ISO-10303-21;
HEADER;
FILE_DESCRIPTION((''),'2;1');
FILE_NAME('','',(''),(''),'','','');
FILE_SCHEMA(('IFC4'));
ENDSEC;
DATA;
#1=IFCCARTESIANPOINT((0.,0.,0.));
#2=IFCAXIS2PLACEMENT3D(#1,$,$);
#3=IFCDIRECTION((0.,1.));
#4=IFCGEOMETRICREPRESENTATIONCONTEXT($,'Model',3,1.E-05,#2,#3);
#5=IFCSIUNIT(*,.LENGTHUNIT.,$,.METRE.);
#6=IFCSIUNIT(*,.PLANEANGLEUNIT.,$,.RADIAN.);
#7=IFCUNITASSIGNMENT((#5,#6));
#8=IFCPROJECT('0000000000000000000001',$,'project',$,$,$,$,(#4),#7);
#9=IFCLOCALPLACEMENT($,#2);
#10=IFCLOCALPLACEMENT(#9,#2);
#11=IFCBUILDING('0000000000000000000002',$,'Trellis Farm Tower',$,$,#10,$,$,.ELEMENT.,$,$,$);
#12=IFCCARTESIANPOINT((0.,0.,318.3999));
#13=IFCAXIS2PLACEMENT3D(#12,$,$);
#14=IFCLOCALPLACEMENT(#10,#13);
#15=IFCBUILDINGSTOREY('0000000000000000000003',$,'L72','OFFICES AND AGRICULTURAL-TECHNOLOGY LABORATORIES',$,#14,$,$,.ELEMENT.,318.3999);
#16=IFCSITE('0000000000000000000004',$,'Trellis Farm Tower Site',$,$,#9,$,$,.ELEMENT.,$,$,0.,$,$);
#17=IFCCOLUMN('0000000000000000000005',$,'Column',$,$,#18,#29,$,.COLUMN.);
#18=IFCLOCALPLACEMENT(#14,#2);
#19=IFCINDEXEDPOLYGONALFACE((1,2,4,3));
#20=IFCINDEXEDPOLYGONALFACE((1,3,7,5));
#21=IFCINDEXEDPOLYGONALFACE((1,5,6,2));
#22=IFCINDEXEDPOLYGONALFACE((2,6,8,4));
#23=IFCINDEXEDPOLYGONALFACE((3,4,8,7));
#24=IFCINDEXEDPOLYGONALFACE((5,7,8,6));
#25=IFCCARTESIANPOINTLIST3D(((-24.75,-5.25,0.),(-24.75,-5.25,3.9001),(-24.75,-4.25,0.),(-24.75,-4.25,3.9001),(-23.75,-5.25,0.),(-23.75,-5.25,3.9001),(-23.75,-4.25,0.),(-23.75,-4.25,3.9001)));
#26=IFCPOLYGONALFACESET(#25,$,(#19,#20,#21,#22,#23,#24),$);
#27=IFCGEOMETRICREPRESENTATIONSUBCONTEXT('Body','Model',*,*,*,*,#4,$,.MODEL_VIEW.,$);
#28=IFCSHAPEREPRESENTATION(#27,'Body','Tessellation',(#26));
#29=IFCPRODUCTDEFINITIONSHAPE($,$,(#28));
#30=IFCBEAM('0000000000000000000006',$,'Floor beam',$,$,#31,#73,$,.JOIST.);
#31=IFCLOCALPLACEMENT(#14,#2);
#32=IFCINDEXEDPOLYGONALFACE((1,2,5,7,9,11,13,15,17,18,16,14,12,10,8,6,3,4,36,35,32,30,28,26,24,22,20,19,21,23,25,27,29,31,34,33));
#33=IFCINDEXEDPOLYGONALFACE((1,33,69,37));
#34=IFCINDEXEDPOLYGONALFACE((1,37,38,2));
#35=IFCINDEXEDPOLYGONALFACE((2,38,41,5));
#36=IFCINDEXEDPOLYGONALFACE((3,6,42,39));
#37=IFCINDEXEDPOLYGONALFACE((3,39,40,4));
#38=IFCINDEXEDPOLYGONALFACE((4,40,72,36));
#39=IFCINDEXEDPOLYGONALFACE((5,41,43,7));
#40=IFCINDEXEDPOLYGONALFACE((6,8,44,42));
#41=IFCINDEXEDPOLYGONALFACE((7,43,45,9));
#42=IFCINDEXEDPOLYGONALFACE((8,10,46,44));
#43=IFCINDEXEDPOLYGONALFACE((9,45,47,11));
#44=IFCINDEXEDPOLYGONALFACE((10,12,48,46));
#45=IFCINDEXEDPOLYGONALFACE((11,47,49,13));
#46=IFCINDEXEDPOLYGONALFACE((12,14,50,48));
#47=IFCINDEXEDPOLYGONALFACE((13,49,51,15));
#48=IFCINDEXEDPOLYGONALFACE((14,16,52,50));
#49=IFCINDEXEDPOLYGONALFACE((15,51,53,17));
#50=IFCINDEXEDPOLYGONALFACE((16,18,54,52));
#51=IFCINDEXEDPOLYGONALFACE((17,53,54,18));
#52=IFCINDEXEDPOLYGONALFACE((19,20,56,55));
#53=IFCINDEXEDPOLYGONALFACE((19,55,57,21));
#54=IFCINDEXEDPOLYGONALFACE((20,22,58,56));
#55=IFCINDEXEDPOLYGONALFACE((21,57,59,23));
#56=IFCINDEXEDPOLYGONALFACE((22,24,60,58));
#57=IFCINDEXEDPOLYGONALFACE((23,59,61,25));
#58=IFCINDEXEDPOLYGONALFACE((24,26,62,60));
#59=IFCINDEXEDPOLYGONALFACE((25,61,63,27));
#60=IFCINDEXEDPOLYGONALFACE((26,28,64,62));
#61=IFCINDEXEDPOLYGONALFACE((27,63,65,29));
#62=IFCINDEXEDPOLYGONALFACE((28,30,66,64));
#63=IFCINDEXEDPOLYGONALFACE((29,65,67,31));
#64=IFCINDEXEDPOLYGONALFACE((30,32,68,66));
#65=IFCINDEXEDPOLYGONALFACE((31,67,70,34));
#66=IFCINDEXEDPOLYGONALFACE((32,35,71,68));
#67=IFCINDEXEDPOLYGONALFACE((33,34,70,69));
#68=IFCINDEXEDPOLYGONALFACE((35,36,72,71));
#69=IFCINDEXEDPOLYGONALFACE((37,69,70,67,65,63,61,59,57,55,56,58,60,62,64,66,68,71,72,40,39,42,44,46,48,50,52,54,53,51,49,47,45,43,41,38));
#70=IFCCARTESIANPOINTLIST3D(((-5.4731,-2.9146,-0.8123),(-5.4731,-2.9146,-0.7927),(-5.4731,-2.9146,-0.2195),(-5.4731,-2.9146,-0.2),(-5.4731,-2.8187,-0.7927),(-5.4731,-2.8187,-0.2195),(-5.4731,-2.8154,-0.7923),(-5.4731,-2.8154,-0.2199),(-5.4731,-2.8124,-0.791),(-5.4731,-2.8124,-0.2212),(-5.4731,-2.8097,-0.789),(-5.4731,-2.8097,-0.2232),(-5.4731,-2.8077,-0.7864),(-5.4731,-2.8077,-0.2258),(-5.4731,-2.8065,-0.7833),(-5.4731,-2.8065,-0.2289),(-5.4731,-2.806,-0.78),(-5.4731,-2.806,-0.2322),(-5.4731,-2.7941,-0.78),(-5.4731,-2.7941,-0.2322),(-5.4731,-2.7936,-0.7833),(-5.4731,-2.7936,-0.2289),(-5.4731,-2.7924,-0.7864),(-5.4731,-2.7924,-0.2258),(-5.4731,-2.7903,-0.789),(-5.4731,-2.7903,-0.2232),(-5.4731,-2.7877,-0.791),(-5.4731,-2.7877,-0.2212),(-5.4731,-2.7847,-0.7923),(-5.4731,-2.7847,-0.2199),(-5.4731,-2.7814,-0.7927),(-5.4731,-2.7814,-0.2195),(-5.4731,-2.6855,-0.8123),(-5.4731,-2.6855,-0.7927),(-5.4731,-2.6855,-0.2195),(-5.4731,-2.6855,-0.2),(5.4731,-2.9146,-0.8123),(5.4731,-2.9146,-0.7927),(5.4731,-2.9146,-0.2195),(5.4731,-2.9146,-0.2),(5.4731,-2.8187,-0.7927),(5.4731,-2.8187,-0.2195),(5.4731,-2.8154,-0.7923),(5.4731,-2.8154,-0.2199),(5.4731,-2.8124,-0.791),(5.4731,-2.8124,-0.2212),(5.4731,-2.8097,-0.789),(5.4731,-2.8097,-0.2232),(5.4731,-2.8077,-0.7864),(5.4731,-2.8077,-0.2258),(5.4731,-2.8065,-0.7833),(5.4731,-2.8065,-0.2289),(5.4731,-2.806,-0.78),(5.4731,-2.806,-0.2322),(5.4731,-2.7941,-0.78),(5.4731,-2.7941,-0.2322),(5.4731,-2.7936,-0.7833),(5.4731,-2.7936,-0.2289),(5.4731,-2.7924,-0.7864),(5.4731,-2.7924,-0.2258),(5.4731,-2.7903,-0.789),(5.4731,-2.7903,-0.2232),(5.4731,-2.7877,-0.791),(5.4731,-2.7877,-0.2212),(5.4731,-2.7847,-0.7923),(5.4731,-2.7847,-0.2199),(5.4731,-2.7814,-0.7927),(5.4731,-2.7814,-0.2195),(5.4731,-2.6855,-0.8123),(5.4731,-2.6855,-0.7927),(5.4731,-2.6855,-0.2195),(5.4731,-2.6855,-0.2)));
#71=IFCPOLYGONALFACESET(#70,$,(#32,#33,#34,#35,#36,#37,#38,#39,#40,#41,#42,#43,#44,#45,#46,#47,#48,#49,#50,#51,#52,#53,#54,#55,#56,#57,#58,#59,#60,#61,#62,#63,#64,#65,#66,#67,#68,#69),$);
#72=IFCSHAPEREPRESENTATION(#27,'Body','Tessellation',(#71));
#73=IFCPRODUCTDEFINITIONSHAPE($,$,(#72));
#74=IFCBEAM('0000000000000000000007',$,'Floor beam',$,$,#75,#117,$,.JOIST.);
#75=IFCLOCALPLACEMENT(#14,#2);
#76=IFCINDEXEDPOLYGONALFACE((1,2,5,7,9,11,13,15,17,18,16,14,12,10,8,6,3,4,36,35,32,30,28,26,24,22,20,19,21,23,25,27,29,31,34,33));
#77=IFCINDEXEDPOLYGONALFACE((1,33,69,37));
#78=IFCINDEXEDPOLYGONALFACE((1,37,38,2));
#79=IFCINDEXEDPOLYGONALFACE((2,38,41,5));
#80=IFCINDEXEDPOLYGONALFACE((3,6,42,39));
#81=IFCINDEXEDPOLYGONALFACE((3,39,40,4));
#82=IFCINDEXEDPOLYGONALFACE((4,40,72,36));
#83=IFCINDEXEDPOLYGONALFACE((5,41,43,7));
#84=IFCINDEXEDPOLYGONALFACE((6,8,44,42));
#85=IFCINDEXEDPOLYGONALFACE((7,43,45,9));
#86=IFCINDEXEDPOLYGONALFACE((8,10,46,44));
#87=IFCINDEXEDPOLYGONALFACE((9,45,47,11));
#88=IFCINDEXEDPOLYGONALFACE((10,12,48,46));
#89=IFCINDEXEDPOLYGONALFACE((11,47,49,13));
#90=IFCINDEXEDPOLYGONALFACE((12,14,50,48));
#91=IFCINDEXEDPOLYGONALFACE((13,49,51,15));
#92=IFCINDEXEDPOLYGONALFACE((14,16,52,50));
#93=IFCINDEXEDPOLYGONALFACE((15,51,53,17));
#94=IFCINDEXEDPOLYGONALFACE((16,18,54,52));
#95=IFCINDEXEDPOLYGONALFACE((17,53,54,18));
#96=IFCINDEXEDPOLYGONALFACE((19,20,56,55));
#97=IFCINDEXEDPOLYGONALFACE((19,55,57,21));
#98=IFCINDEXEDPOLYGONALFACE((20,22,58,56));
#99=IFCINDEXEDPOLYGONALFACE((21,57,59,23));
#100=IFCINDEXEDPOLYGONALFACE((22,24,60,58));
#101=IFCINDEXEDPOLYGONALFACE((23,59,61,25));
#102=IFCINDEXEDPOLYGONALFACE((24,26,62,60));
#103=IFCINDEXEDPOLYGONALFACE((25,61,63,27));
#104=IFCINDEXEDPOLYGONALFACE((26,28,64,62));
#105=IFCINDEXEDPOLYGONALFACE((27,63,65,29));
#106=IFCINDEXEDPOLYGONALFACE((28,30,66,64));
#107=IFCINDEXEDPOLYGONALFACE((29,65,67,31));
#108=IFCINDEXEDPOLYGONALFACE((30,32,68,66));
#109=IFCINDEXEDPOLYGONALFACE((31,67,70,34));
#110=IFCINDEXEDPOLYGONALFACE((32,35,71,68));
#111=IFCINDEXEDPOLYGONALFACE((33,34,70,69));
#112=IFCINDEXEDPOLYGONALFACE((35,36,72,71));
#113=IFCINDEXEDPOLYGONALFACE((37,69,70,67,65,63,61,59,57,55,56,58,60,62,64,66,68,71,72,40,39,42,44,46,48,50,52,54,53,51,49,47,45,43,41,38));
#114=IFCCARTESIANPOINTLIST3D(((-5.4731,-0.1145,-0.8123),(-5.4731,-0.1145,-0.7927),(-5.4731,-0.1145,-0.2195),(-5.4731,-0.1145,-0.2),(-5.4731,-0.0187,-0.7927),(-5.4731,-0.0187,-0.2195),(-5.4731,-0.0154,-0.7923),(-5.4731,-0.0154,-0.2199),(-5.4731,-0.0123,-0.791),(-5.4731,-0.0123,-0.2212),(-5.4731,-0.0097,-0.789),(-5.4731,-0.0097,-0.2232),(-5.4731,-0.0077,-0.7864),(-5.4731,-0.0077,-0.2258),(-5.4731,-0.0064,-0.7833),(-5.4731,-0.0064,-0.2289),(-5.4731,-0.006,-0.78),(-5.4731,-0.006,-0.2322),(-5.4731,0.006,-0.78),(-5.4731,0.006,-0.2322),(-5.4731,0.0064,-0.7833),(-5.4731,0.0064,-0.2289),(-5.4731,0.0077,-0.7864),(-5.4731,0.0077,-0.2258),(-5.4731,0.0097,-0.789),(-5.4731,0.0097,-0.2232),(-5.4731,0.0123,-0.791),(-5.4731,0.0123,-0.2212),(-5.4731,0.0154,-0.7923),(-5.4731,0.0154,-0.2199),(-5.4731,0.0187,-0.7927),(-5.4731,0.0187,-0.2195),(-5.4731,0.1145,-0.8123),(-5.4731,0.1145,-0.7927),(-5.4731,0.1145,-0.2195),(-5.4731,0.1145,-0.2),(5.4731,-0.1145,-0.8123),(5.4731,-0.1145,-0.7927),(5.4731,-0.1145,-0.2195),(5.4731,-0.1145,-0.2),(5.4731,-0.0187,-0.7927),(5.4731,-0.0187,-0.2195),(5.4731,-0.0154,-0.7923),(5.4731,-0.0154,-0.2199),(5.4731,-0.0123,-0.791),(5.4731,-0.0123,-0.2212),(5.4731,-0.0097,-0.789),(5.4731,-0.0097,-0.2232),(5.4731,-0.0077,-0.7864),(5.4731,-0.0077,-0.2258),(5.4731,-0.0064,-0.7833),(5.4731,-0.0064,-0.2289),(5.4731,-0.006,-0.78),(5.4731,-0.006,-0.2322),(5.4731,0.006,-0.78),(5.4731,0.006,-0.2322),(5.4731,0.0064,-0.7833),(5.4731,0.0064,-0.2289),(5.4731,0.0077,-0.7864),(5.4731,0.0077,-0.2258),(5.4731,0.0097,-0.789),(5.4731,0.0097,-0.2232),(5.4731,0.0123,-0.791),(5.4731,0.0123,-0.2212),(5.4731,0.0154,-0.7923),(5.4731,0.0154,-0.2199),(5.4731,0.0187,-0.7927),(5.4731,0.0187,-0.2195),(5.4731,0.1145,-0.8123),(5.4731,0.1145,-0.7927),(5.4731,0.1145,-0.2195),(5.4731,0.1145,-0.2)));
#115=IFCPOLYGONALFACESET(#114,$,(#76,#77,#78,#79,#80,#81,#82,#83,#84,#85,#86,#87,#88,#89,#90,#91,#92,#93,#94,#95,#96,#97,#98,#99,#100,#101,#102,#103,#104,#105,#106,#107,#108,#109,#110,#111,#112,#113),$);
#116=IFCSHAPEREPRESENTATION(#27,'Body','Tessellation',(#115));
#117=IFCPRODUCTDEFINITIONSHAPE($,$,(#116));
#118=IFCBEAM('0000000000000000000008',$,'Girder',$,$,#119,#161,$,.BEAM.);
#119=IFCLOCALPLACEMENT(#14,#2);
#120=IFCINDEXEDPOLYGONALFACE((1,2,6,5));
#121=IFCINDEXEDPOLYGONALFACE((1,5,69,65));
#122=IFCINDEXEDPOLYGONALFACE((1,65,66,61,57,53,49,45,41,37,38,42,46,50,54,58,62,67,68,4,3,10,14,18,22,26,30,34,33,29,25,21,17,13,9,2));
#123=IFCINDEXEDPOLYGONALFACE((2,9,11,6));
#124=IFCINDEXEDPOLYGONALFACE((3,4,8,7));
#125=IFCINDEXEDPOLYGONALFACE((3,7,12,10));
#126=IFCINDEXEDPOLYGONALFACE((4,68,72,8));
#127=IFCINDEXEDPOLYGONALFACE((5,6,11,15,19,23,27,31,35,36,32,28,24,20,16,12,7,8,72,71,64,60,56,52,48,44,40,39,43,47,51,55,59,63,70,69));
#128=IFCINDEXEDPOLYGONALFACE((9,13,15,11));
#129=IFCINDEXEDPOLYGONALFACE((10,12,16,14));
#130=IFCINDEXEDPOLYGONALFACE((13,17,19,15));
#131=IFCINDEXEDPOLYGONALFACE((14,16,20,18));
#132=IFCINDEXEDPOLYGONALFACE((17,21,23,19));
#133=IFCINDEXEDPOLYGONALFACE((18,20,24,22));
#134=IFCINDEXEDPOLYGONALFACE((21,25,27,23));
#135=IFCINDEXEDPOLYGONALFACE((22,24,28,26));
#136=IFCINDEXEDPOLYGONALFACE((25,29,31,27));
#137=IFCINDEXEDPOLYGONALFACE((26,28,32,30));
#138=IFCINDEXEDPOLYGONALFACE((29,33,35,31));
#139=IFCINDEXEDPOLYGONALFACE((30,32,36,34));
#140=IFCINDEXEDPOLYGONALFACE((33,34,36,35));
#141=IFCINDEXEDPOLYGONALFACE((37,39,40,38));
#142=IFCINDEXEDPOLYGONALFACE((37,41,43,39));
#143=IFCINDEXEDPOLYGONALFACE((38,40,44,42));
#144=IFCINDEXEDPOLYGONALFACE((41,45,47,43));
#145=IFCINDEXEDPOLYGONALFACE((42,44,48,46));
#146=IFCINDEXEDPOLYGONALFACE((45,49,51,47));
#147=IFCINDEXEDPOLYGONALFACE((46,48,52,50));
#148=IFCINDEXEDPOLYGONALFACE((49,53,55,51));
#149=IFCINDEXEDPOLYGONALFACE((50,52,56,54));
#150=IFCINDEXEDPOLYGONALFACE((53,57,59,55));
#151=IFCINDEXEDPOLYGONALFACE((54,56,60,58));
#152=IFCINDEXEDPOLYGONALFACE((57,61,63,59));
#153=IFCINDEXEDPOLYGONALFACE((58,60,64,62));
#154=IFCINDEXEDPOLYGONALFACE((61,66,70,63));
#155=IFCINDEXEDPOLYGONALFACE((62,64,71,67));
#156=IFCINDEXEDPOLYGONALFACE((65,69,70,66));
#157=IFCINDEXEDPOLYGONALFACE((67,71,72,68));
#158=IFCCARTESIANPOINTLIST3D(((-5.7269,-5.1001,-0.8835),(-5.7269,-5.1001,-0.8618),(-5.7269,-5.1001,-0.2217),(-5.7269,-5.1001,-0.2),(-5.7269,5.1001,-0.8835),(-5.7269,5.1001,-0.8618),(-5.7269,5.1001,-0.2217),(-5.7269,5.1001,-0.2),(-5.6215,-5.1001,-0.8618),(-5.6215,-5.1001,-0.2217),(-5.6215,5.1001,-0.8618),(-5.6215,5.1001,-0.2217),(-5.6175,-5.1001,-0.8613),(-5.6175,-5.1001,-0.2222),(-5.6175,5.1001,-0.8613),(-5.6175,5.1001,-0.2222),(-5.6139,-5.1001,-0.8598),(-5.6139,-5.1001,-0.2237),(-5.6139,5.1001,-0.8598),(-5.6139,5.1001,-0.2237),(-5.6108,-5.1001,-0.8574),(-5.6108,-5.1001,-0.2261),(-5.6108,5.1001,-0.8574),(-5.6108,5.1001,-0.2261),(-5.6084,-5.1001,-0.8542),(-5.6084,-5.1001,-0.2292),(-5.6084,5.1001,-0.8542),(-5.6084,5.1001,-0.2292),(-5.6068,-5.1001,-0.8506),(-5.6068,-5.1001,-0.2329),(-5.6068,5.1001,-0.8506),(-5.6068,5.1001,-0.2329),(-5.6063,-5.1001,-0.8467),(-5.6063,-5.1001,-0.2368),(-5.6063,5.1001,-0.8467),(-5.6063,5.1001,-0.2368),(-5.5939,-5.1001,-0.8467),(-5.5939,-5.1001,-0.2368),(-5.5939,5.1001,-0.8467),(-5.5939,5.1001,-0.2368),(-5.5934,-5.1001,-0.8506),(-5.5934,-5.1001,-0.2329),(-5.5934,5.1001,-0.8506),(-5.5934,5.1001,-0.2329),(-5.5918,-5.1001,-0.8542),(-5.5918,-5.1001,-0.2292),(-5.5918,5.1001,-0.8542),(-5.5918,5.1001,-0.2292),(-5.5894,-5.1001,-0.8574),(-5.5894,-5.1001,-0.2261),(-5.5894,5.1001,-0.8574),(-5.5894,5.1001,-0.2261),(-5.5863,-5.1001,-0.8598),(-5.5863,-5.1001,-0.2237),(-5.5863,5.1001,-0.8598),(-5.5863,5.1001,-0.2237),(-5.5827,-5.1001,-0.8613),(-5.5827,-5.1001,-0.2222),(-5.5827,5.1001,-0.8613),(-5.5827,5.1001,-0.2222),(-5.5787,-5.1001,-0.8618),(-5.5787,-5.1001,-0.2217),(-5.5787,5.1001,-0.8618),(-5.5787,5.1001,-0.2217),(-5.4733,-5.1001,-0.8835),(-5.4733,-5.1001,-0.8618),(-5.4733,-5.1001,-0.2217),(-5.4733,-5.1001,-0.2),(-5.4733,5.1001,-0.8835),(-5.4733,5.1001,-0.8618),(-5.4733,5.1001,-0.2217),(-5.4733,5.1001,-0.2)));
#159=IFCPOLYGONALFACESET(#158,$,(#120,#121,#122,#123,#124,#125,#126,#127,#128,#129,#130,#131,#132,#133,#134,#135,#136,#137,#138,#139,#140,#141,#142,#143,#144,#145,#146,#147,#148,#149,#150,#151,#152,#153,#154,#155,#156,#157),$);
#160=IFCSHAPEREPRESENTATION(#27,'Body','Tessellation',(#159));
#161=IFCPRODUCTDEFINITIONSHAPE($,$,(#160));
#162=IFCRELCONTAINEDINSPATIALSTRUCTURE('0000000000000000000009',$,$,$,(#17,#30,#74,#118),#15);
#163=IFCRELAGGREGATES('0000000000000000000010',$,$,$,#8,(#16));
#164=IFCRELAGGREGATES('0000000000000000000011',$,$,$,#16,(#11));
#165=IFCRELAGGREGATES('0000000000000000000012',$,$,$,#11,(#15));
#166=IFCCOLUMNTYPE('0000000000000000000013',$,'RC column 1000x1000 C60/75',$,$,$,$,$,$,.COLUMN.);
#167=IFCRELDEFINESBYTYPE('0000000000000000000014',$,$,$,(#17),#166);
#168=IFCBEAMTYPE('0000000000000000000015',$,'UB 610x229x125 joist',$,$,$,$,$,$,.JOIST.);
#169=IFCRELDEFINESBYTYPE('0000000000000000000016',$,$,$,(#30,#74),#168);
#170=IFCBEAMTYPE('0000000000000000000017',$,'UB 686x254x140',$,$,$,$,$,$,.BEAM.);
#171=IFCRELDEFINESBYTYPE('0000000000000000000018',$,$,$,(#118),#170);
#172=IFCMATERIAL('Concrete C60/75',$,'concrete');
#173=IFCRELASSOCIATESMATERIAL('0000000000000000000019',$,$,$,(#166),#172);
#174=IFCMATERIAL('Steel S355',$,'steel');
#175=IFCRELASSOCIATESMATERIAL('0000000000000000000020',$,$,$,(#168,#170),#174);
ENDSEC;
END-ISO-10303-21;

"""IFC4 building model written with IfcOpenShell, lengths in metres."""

from ifc_helpers import new_model, si_unit, direction, frame, origin, origin_2d, place, context, subcontext, project, spatial, rectangle, i_section, extrude, source, transform, mapped, material, material_profile, profile_set, type_object, element, save


model = new_model("IFC4")

# Units and contexts
model_context = context("Model", 3, precision=1e-05, world=origin(), true_north=direction((0.0, 1.0)))
body_context = subcontext(model_context, "Body", "Model", "MODEL_VIEW")
ifc_project = project(units=[si_unit("LENGTHUNIT", "METRE"), si_unit("PLANEANGLEUNIT", "RADIAN")], contexts=[model_context])

# Site, building, storey
site_placement = place(None, origin())
site = spatial("IfcSite", under=ifc_project, at=site_placement, Name="Trellis Farm Tower Site", CompositionType="ELEMENT", RefElevation=0.0)
building_placement = place(site_placement, origin())
building = spatial("IfcBuilding", under=site, at=building_placement, Name="Trellis Farm Tower", CompositionType="ELEMENT")
storey_placement = place(building_placement, frame((0.0, 0.0, 318.3999)))
storey = spatial("IfcBuildingStorey", under=building, at=storey_placement, Name="L72", Description="OFFICES AND AGRICULTURAL-TECHNOLOGY LABORATORIES", CompositionType="ELEMENT", Elevation=318.3999)

# Column
ifc_material_1 = material(Name="Concrete C60/75", Category="concrete")
ifc_material_profile_1 = material_profile(ifc_material_1, rectangle(XDim=1.0, YDim=1.0, at=origin_2d()), Name="RC column 1000x1000 C60/75")
ifc_profile_set_1 = profile_set([ifc_material_profile_1], Name="Concrete C60/75")
column_type = type_object("IfcColumnType", Name="RC column 1000x1000 C60/75", PredefinedType="COLUMN", material=ifc_profile_set_1)
shared_shape_1 = source(origin(), body_context, "Body", "SweptSolid", [
    extrude(rectangle(XDim=1.0, YDim=1.0, at=origin_2d()), origin(), (0.0, 0.0, 1.0), 3.9001),
])
column_placement = place(storey_placement, frame((-24.25, -4.75, 0.0), z_axis=(0.0, 0.0, 1.0), x_axis=(1.0, 0.0, 0.0)))
element("IfcColumn", 1, at=column_placement, inside=storey, type_object=column_type, Name="Column", PredefinedType="COLUMN", context=body_context, shape_type="MappedRepresentation", body=[
    mapped(shared_shape_1, transform((0.0, 0.0, 0.0))),
])

# Beams
ifc_material_2 = material(Name="Steel S355", Category="steel")
ifc_material_profile_2 = material_profile(ifc_material_2, i_section(OverallWidth=0.229, OverallDepth=0.6123, WebThickness=0.012, FlangeThickness=0.0195, FilletRadius=0.0127, at=origin_2d()), Name="UB 610x229x125")
ifc_profile_set_2 = profile_set([ifc_material_profile_2], Name="Steel S355")
beam_type_1 = type_object("IfcBeamType", Name="UB 610x229x125 joist", PredefinedType="JOIST", material=ifc_profile_set_2)
shared_shape_2 = source(origin(), body_context, "Body", "SweptSolid", [
    extrude(i_section(OverallWidth=0.229, OverallDepth=0.6123, WebThickness=0.012, FlangeThickness=0.0195, FilletRadius=0.0127, at=origin_2d()), origin(), (0.0, 0.0, 1.0), 10.9463),
])
for number, where, z_axis, x_axis, name in (
    (2, (-5.4731, -2.8, -0.5061), (1.0, 0.0, 0.0), (0.0, 1.0, 0.0), "Floor beam"),
    (3, (-5.4731, 0.0, -0.5061), (1.0, 0.0, 0.0), (0.0, 1.0, 0.0), "Floor beam"),
):
    element("IfcBeam", number, at=place(storey_placement, frame(where, z_axis=z_axis, x_axis=x_axis)), inside=storey, type_object=beam_type_1, Name=name, PredefinedType="JOIST", context=body_context, shape_type="MappedRepresentation", body=[
        mapped(shared_shape_2, transform((0.0, 0.0, 0.0))),
    ])
ifc_material_profile_3 = material_profile(ifc_material_2, i_section(OverallWidth=0.2537, OverallDepth=0.6836, WebThickness=0.0125, FlangeThickness=0.0217, FilletRadius=0.0151, at=origin_2d()), Name="UB 686x254x140")
ifc_profile_set_3 = profile_set([ifc_material_profile_3], Name="Steel S355")
beam_type_2 = type_object("IfcBeamType", Name="UB 686x254x140", PredefinedType="BEAM", material=ifc_profile_set_3)
shared_shape_3 = source(origin(), body_context, "Body", "SweptSolid", [
    extrude(i_section(OverallWidth=0.2537, OverallDepth=0.6836, WebThickness=0.0125, FlangeThickness=0.0217, FilletRadius=0.0151, at=origin_2d()), origin(), (0.0, 0.0, 1.0), 10.2002),
])
beam_1_placement = place(storey_placement, frame((-5.6001, -5.1001, -0.5417), z_axis=(0.0, 1.0, 0.0), x_axis=(-1.0, 0.0, 0.0)))
element("IfcBeam", 4, at=beam_1_placement, inside=storey, type_object=beam_type_2, Name="Girder", PredefinedType="BEAM", context=body_context, shape_type="MappedRepresentation", body=[
    mapped(shared_shape_3, transform((0.0, 0.0, 0.0))),
])

save(model, "model.ifc")
